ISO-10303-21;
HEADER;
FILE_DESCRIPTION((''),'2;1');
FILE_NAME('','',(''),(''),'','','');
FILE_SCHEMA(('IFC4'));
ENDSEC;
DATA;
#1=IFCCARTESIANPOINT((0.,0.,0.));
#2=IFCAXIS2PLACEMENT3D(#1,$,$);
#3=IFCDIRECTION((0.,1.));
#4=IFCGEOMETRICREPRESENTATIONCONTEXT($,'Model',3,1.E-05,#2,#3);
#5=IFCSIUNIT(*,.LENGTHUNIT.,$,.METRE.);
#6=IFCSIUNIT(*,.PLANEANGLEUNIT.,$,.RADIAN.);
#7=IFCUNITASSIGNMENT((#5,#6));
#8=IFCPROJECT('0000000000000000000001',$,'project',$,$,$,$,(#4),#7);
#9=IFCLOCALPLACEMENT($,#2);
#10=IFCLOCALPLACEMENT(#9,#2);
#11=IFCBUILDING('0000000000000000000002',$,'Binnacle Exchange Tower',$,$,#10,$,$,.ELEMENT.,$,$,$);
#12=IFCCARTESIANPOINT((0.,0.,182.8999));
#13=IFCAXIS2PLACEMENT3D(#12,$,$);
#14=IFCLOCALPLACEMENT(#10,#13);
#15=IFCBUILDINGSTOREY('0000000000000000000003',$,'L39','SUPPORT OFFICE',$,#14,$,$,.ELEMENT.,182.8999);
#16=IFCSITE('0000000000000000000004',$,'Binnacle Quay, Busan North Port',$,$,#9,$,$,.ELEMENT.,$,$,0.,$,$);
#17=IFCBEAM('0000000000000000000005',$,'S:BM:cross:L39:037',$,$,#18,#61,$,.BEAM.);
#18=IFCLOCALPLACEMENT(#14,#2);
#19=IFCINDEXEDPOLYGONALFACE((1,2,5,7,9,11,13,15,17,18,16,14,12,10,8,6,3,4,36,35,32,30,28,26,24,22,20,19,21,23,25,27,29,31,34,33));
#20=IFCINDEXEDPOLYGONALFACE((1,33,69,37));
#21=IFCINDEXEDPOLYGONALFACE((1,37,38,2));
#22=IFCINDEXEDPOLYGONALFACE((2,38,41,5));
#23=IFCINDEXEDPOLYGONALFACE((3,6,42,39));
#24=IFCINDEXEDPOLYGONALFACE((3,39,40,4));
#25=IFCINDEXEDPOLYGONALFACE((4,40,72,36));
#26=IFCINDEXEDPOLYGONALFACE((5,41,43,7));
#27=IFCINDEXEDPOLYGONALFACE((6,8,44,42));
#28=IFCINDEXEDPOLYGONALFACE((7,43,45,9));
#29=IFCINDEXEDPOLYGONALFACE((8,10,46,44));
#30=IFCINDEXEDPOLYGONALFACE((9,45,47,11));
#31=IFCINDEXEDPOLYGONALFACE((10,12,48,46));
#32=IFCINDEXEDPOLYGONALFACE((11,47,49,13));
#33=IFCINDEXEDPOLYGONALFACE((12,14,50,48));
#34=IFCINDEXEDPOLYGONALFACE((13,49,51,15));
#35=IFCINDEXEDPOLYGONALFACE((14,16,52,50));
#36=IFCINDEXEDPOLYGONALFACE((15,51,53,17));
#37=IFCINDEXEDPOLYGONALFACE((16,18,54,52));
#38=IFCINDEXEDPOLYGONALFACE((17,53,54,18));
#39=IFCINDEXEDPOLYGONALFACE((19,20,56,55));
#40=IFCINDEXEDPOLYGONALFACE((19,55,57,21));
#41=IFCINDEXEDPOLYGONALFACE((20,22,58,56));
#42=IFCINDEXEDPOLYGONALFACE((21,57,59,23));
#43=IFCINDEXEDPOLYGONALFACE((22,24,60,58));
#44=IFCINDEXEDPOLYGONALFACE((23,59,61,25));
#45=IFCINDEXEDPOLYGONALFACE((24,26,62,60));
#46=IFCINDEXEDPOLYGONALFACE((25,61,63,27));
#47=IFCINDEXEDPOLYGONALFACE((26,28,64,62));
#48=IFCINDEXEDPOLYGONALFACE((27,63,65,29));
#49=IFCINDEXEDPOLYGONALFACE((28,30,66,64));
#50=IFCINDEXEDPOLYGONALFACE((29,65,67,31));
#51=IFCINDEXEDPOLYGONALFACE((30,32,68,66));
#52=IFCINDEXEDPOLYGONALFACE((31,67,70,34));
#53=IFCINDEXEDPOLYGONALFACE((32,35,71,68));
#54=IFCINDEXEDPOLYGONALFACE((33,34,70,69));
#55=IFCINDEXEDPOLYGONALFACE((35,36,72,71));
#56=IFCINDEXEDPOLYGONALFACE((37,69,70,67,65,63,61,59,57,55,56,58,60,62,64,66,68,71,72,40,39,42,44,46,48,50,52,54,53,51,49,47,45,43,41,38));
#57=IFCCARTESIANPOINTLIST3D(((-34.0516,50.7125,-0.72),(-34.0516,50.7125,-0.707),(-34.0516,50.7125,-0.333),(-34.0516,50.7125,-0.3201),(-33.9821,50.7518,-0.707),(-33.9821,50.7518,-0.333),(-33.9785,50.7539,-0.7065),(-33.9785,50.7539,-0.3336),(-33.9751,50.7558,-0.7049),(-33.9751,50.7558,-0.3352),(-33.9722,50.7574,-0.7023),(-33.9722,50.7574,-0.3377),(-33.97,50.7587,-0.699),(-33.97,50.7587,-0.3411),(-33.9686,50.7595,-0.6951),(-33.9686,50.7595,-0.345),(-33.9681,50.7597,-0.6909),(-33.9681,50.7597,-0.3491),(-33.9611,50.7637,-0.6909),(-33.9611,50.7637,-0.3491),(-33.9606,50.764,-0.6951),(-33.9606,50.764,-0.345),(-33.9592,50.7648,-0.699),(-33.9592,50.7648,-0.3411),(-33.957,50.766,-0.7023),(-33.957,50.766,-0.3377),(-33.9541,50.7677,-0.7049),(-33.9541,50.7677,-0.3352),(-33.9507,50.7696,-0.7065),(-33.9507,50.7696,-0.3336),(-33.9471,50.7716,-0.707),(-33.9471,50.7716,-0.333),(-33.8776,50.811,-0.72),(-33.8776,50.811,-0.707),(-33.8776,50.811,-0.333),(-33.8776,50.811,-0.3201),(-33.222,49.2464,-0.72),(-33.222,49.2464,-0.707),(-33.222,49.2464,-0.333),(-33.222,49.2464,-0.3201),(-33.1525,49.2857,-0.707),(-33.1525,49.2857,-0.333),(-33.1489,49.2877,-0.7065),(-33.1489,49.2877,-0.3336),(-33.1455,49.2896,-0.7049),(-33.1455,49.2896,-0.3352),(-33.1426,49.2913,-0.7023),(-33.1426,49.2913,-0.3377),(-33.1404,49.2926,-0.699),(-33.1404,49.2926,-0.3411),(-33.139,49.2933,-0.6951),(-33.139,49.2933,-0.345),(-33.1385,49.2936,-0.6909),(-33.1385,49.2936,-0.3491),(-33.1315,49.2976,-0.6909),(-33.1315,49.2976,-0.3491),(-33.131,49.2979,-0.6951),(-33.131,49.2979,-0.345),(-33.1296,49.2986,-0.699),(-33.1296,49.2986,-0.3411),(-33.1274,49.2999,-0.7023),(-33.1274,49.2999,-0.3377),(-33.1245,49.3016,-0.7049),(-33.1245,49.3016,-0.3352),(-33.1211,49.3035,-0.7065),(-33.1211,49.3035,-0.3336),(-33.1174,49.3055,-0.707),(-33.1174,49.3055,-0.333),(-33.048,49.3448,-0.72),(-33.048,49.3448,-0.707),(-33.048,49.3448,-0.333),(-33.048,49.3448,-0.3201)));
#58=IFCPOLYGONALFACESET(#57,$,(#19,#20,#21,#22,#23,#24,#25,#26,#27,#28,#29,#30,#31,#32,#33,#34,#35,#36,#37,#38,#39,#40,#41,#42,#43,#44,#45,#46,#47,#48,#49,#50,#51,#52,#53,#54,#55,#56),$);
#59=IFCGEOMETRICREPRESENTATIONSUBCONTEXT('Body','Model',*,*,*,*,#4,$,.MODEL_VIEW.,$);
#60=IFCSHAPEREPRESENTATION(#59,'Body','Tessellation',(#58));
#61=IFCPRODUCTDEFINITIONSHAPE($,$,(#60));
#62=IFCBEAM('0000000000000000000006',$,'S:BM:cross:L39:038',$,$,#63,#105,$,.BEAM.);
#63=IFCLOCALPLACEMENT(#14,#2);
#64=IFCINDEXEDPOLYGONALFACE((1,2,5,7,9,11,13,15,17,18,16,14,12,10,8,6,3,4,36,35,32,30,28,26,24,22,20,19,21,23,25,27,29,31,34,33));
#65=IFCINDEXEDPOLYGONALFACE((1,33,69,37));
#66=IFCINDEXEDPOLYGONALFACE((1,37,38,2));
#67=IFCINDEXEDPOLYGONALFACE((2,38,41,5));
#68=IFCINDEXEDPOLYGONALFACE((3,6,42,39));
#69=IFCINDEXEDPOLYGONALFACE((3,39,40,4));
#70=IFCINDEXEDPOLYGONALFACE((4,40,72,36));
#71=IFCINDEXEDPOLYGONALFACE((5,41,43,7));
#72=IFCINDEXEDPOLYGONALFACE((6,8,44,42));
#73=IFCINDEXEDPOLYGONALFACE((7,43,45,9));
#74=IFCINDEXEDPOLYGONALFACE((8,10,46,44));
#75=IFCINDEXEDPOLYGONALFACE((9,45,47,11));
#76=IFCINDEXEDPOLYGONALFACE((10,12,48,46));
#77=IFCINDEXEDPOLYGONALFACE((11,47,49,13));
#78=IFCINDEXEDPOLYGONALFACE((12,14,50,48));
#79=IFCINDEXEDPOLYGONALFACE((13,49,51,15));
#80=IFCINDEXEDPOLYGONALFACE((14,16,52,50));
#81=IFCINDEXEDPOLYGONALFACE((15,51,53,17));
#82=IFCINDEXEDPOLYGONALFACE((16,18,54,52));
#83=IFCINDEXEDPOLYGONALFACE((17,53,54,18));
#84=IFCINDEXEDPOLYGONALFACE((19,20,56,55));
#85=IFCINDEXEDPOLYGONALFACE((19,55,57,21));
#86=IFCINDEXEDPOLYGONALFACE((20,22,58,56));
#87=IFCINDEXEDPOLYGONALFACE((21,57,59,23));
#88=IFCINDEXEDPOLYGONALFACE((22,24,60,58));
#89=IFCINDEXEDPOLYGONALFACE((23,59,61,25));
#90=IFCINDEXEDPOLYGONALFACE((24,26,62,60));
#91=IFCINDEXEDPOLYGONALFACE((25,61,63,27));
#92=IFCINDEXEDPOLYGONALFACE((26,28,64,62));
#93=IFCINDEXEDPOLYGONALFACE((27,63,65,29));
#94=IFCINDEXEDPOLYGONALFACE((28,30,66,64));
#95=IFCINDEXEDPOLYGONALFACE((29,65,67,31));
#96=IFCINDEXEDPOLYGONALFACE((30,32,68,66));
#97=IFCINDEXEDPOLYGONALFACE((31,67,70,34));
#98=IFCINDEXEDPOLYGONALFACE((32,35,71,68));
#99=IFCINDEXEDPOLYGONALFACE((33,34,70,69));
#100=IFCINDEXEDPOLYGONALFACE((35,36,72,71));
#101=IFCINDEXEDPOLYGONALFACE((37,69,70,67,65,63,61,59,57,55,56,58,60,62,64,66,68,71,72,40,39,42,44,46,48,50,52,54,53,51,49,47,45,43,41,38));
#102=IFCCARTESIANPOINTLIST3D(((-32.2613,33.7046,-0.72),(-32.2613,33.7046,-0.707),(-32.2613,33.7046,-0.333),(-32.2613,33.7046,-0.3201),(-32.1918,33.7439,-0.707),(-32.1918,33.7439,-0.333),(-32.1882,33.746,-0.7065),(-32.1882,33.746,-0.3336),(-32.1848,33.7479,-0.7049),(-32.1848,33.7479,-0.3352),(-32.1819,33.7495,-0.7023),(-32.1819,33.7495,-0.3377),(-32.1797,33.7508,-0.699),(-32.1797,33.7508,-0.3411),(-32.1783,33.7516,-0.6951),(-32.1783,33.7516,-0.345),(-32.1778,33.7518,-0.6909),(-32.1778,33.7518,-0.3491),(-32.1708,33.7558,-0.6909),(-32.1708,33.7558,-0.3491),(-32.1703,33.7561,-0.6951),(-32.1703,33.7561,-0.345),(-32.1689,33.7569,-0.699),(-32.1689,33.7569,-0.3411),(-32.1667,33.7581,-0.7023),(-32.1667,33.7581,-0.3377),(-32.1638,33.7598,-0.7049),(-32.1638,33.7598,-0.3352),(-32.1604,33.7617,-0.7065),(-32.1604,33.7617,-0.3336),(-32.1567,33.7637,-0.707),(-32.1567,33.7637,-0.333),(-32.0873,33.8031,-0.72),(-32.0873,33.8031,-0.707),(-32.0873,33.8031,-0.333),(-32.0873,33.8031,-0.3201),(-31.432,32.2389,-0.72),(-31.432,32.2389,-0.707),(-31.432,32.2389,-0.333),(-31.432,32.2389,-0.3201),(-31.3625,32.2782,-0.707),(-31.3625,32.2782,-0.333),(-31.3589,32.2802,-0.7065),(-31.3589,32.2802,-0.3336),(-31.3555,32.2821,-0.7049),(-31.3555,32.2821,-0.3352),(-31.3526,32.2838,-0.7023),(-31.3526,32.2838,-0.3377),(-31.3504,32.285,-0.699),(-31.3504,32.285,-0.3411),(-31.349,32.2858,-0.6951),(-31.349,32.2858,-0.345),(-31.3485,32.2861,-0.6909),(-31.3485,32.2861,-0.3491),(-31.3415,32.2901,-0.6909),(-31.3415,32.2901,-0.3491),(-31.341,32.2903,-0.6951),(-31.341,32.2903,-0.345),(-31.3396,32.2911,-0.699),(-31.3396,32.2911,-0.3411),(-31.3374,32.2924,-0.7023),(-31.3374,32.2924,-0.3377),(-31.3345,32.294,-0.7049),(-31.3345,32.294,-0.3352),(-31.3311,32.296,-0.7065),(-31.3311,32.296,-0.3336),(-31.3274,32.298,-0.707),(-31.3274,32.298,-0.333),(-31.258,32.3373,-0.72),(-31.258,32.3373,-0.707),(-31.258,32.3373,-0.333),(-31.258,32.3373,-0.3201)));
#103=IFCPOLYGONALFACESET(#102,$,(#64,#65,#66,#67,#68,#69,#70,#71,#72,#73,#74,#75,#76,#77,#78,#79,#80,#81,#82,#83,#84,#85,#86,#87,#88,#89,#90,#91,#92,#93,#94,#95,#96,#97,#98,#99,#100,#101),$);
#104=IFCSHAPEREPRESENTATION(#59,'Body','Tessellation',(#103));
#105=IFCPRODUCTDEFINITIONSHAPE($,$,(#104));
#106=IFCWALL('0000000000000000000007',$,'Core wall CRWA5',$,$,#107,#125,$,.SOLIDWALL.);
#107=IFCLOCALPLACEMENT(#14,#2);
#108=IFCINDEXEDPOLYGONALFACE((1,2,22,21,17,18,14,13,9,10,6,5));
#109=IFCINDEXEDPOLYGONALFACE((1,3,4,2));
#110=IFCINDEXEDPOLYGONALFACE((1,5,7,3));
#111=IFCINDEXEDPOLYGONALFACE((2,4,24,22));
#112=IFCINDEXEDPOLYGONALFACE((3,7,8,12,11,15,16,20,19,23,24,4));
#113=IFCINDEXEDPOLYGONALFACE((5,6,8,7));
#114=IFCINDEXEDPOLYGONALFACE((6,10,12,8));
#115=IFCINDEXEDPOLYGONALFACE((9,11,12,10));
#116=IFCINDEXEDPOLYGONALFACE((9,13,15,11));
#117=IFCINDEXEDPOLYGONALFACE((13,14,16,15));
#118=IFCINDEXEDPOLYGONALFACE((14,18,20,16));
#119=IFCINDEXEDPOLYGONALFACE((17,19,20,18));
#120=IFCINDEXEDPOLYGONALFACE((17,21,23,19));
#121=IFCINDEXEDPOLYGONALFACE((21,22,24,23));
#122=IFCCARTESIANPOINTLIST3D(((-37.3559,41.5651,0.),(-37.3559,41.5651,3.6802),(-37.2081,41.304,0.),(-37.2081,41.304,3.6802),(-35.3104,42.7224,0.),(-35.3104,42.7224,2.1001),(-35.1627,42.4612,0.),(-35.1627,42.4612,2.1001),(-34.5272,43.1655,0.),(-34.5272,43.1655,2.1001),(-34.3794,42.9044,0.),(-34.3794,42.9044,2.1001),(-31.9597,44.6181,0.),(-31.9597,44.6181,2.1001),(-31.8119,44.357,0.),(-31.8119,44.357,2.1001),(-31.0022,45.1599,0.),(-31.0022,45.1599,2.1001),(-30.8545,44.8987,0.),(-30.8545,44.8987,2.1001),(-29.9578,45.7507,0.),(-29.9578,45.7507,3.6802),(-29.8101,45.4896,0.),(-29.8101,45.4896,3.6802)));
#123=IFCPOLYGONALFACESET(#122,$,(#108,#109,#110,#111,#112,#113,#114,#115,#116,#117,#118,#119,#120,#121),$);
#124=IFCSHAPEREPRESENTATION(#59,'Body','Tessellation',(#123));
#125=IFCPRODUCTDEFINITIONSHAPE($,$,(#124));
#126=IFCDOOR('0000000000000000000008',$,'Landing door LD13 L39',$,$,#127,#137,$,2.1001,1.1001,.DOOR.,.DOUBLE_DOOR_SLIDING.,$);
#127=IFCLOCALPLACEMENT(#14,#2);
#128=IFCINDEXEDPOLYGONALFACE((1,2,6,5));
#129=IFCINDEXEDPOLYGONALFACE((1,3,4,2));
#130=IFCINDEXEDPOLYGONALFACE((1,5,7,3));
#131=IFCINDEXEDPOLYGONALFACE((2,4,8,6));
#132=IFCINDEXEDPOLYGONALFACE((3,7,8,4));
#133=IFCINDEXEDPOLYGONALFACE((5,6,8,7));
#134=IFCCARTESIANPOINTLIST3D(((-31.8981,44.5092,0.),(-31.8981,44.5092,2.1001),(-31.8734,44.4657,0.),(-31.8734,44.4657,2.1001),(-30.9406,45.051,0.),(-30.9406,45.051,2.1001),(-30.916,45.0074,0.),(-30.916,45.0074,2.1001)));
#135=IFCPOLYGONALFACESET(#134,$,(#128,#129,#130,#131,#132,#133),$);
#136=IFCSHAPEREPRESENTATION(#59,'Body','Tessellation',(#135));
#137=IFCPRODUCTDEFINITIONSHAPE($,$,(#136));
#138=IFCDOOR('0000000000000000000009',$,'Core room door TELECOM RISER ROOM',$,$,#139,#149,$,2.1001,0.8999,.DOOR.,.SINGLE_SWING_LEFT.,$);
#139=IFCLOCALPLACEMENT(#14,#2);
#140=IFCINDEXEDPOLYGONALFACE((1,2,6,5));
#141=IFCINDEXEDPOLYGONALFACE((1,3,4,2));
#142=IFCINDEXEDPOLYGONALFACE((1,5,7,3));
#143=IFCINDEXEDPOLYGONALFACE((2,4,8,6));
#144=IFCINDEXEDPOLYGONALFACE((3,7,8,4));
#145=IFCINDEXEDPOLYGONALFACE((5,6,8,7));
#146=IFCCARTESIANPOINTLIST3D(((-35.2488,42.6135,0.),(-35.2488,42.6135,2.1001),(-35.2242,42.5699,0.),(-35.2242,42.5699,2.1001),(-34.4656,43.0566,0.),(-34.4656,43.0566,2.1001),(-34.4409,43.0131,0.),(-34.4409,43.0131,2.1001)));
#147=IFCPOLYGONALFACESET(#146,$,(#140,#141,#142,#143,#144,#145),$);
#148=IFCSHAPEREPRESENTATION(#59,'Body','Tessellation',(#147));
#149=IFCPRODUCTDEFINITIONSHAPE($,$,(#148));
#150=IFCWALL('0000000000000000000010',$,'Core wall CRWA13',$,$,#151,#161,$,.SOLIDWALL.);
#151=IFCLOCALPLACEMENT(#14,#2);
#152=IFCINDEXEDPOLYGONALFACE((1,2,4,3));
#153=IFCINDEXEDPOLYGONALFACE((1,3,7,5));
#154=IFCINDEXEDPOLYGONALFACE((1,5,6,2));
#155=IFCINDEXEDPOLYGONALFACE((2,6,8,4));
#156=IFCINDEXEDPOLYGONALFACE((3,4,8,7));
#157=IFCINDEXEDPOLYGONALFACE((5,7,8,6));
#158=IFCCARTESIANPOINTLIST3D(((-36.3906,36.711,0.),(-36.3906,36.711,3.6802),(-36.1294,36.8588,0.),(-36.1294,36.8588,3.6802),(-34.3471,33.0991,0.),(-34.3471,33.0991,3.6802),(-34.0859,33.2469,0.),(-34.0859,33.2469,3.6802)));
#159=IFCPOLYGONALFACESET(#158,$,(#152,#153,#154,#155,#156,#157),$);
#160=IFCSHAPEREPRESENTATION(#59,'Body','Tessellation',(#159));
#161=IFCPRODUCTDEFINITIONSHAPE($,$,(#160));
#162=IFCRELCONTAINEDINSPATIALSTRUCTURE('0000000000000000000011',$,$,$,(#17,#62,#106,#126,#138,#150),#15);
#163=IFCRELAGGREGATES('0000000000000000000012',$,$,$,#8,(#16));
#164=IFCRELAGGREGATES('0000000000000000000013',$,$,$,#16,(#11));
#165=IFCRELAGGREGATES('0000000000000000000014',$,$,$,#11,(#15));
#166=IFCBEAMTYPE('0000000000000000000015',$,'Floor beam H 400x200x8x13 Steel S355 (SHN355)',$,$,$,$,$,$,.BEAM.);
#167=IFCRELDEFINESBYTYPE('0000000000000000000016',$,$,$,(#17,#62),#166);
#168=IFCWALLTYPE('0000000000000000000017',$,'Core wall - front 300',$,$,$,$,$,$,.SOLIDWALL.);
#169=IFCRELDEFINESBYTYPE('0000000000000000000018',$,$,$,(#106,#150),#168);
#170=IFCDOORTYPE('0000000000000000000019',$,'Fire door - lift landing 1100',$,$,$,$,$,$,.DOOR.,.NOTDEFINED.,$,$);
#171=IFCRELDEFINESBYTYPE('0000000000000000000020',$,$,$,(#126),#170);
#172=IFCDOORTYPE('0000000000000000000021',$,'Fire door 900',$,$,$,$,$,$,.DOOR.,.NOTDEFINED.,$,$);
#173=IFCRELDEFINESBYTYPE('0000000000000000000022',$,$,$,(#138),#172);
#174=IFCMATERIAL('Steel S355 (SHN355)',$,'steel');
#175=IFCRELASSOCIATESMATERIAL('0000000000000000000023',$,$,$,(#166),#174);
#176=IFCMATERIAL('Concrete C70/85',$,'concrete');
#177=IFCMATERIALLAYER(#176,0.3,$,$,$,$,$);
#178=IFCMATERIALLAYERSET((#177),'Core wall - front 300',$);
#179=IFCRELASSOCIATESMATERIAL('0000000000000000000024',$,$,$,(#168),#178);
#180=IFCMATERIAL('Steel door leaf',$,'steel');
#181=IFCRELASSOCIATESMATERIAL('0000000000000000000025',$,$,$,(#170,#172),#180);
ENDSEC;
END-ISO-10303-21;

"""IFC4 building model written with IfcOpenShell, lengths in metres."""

from ifc_helpers import new_model, si_unit, direction, frame, frame_2d, origin, origin_2d, place, context, subcontext, project, spatial, rectangle, i_section, extrude, material, layer, layer_set, material_profile, profile_set, type_object, element, fill, save


model = new_model("IFC4")

# Units and contexts
model_context = context("Model", 3, precision=1e-05, world=origin(), true_north=direction((0.0, 1.0)))
body_context = subcontext(model_context, "Body", "Model", "MODEL_VIEW")
ifc_project = project(units=[si_unit("LENGTHUNIT", "METRE"), si_unit("PLANEANGLEUNIT", "RADIAN")], contexts=[model_context])

# Site, building, storey
site_placement = place(None, origin())
site = spatial("IfcSite", under=ifc_project, at=site_placement, Name="Binnacle Quay, Busan North Port", CompositionType="ELEMENT", RefElevation=0.0)
building_placement = place(site_placement, origin())
building = spatial("IfcBuilding", under=site, at=building_placement, Name="Binnacle Exchange Tower", CompositionType="ELEMENT")
storey_placement = place(building_placement, frame((0.0, 0.0, 182.8999)))
storey = spatial("IfcBuildingStorey", under=building, at=storey_placement, Name="L39", Description="SUPPORT OFFICE", CompositionType="ELEMENT", Elevation=182.8999)

# Shared definitions
ifc_material_1 = material(Name="Concrete C70/85", Category="concrete")

# Beams
ifc_material_2 = material(Name="Steel S355 (SHN355)", Category="steel")
ifc_material_profile_1 = material_profile(ifc_material_2, i_section(OverallWidth=0.2, OverallDepth=0.3999, WebThickness=0.0081, FlangeThickness=0.0129, FilletRadius=0.0161, at=origin_2d()), Name="H 400x200x8x13")
ifc_profile_set_1 = profile_set([ifc_material_profile_1], Name="Steel S355 (SHN355)")
beam_type_1 = type_object("IfcBeamType", Name="Floor beam H 400x200x8x13 Steel S355 (SHN355)", PredefinedType="BEAM", material=ifc_profile_set_1)
beam_1_placement = place(storey_placement, frame((-33.9646, 50.7617, -0.52), z_axis=(0.492482, -0.870322, 0.0), x_axis=(0.870322, 0.492482, 0.0)))
element("IfcBeam", 1, at=beam_1_placement, inside=storey, type_object=beam_type_1, Name="S:BM:cross:L39:037", PredefinedType="BEAM", context=body_context, shape_type="SweptSolid", body=[
    extrude(i_section(OverallWidth=0.2, OverallDepth=0.3999, WebThickness=0.0081, FlangeThickness=0.0129, FilletRadius=0.0161, at=origin_2d()), origin(), (0.0, 0.0, 1.0), 1.6846),
])
beam_2_placement = place(storey_placement, frame((-31.345, 32.2881, -0.52), z_axis=(-0.492435, 0.870349, 0.0), x_axis=(-0.870349, -0.492435, 0.0)))
element("IfcBeam", 2, at=beam_2_placement, inside=storey, type_object=beam_type_1, Name="S:BM:cross:L39:038", PredefinedType="BEAM", context=body_context, shape_type="SweptSolid", body=[
    extrude(i_section(OverallWidth=0.2, OverallDepth=0.3999, WebThickness=0.0081, FlangeThickness=0.0129, FilletRadius=0.0161, at=origin_2d()), origin(), (0.0, 0.0, 1.0), 1.6841),
])

# Wall, openings, doors
ifc_layer_1 = layer(ifc_material_1, 0.3)
ifc_layer_set_1 = layer_set([ifc_layer_1], Name="Core wall - front 300")
wall_type_1 = type_object("IfcWallType", Name="Core wall - front 300", PredefinedType="SOLIDWALL", material=ifc_layer_set_1)
wall_1_placement = place(storey_placement, frame((-37.282, 41.4346, 0.0), z_axis=(0.0, 0.0, 1.0), x_axis=(0.870356, 0.492423, 0.0)))
wall_1 = element("IfcWall", 3, at=wall_1_placement, inside=storey, type_object=wall_type_1, Name="Core wall CRWA5", PredefinedType="SOLIDWALL", context=body_context, shape_type="SweptSolid", body=[
    extrude(rectangle(XDim=8.5, YDim=0.3, at=frame_2d((4.25, 0.0))), origin(), (0.0, 0.0, 1.0), 3.6802),
])
opening_1_placement = place(wall_1_placement, frame((6.2, 0.0, 0.0)))
opening_1 = element("IfcOpeningElement", 4, at=opening_1_placement, cuts=wall_1, PredefinedType="OPENING", context=body_context, shape_type="SweptSolid", body=[
    extrude(rectangle(XDim=1.1001, YDim=2.1001, at=frame_2d((0.55, 1.05))), frame((0.0, 0.1599, 0.0), z_axis=(0.0, -1.0, 0.0), x_axis=(1.0, 0.0, 0.0)), (0.0, 0.0, 1.0), 0.3201),
])
opening_2_placement = place(wall_1_placement, frame((2.3501, 0.0, 0.0)))
opening_2 = element("IfcOpeningElement", 5, at=opening_2_placement, cuts=wall_1, PredefinedType="OPENING", context=body_context, shape_type="SweptSolid", body=[
    extrude(rectangle(XDim=0.8999, YDim=2.1001, at=frame_2d((0.45, 1.05))), frame((0.0, 0.1599, 0.0), z_axis=(0.0, -1.0, 0.0), x_axis=(1.0, 0.0, 0.0)), (0.0, 0.0, 1.0), 0.3201),
])
ifc_material_3 = material(Name="Steel door leaf", Category="steel")
door_type_1 = type_object("IfcDoorType", Name="Fire door - lift landing 1100", OperationType="NOTDEFINED", PredefinedType="DOOR", material=ifc_material_3)
door_1_placement = place(opening_1_placement, origin())
door_1 = element("IfcDoor", 6, at=door_1_placement, inside=storey, type_object=door_type_1, Name="Landing door LD13 L39", OperationType="DOUBLE_DOOR_SLIDING", OverallHeight=2.1001, OverallWidth=1.1001, PredefinedType="DOOR", context=body_context, shape_type="SweptSolid", body=[
    extrude(rectangle(XDim=1.1001, YDim=2.1001, at=frame_2d((0.55, 1.05))), frame((0.0, 0.0249, 0.0), z_axis=(0.0, -1.0, 0.0), x_axis=(1.0, 0.0, 0.0)), (0.0, 0.0, 1.0), 0.05),
])
fill(opening_1, door_1)
door_type_2 = type_object("IfcDoorType", Name="Fire door 900", OperationType="NOTDEFINED", PredefinedType="DOOR", material=ifc_material_3)
door_2_placement = place(opening_2_placement, origin())
door_2 = element("IfcDoor", 7, at=door_2_placement, inside=storey, type_object=door_type_2, Name="Core room door TELECOM RISER ROOM", OperationType="SINGLE_SWING_LEFT", OverallHeight=2.1001, OverallWidth=0.8999, PredefinedType="DOOR", context=body_context, shape_type="SweptSolid", body=[
    extrude(rectangle(XDim=0.8999, YDim=2.1001, at=frame_2d((0.45, 1.05))), frame((0.0, 0.0249, 0.0), z_axis=(0.0, -1.0, 0.0), x_axis=(1.0, 0.0, 0.0)), (0.0, 0.0, 1.0), 0.05),
])
fill(opening_2, door_2)

# Wall
wall_2_placement = place(storey_placement, frame((-36.26, 36.7849, 0.0), z_axis=(0.0, 0.0, 1.0), x_axis=(0.492422, -0.870357, 0.0)))
element("IfcWall", 8, at=wall_2_placement, inside=storey, type_object=wall_type_1, Name="Core wall CRWA13", PredefinedType="SOLIDWALL", context=body_context, shape_type="SweptSolid", body=[
    extrude(rectangle(XDim=4.1499, YDim=0.3, at=frame_2d((2.075, 0.0))), origin(), (0.0, 0.0, 1.0), 3.6802),
])

save(model, "model.ifc")
